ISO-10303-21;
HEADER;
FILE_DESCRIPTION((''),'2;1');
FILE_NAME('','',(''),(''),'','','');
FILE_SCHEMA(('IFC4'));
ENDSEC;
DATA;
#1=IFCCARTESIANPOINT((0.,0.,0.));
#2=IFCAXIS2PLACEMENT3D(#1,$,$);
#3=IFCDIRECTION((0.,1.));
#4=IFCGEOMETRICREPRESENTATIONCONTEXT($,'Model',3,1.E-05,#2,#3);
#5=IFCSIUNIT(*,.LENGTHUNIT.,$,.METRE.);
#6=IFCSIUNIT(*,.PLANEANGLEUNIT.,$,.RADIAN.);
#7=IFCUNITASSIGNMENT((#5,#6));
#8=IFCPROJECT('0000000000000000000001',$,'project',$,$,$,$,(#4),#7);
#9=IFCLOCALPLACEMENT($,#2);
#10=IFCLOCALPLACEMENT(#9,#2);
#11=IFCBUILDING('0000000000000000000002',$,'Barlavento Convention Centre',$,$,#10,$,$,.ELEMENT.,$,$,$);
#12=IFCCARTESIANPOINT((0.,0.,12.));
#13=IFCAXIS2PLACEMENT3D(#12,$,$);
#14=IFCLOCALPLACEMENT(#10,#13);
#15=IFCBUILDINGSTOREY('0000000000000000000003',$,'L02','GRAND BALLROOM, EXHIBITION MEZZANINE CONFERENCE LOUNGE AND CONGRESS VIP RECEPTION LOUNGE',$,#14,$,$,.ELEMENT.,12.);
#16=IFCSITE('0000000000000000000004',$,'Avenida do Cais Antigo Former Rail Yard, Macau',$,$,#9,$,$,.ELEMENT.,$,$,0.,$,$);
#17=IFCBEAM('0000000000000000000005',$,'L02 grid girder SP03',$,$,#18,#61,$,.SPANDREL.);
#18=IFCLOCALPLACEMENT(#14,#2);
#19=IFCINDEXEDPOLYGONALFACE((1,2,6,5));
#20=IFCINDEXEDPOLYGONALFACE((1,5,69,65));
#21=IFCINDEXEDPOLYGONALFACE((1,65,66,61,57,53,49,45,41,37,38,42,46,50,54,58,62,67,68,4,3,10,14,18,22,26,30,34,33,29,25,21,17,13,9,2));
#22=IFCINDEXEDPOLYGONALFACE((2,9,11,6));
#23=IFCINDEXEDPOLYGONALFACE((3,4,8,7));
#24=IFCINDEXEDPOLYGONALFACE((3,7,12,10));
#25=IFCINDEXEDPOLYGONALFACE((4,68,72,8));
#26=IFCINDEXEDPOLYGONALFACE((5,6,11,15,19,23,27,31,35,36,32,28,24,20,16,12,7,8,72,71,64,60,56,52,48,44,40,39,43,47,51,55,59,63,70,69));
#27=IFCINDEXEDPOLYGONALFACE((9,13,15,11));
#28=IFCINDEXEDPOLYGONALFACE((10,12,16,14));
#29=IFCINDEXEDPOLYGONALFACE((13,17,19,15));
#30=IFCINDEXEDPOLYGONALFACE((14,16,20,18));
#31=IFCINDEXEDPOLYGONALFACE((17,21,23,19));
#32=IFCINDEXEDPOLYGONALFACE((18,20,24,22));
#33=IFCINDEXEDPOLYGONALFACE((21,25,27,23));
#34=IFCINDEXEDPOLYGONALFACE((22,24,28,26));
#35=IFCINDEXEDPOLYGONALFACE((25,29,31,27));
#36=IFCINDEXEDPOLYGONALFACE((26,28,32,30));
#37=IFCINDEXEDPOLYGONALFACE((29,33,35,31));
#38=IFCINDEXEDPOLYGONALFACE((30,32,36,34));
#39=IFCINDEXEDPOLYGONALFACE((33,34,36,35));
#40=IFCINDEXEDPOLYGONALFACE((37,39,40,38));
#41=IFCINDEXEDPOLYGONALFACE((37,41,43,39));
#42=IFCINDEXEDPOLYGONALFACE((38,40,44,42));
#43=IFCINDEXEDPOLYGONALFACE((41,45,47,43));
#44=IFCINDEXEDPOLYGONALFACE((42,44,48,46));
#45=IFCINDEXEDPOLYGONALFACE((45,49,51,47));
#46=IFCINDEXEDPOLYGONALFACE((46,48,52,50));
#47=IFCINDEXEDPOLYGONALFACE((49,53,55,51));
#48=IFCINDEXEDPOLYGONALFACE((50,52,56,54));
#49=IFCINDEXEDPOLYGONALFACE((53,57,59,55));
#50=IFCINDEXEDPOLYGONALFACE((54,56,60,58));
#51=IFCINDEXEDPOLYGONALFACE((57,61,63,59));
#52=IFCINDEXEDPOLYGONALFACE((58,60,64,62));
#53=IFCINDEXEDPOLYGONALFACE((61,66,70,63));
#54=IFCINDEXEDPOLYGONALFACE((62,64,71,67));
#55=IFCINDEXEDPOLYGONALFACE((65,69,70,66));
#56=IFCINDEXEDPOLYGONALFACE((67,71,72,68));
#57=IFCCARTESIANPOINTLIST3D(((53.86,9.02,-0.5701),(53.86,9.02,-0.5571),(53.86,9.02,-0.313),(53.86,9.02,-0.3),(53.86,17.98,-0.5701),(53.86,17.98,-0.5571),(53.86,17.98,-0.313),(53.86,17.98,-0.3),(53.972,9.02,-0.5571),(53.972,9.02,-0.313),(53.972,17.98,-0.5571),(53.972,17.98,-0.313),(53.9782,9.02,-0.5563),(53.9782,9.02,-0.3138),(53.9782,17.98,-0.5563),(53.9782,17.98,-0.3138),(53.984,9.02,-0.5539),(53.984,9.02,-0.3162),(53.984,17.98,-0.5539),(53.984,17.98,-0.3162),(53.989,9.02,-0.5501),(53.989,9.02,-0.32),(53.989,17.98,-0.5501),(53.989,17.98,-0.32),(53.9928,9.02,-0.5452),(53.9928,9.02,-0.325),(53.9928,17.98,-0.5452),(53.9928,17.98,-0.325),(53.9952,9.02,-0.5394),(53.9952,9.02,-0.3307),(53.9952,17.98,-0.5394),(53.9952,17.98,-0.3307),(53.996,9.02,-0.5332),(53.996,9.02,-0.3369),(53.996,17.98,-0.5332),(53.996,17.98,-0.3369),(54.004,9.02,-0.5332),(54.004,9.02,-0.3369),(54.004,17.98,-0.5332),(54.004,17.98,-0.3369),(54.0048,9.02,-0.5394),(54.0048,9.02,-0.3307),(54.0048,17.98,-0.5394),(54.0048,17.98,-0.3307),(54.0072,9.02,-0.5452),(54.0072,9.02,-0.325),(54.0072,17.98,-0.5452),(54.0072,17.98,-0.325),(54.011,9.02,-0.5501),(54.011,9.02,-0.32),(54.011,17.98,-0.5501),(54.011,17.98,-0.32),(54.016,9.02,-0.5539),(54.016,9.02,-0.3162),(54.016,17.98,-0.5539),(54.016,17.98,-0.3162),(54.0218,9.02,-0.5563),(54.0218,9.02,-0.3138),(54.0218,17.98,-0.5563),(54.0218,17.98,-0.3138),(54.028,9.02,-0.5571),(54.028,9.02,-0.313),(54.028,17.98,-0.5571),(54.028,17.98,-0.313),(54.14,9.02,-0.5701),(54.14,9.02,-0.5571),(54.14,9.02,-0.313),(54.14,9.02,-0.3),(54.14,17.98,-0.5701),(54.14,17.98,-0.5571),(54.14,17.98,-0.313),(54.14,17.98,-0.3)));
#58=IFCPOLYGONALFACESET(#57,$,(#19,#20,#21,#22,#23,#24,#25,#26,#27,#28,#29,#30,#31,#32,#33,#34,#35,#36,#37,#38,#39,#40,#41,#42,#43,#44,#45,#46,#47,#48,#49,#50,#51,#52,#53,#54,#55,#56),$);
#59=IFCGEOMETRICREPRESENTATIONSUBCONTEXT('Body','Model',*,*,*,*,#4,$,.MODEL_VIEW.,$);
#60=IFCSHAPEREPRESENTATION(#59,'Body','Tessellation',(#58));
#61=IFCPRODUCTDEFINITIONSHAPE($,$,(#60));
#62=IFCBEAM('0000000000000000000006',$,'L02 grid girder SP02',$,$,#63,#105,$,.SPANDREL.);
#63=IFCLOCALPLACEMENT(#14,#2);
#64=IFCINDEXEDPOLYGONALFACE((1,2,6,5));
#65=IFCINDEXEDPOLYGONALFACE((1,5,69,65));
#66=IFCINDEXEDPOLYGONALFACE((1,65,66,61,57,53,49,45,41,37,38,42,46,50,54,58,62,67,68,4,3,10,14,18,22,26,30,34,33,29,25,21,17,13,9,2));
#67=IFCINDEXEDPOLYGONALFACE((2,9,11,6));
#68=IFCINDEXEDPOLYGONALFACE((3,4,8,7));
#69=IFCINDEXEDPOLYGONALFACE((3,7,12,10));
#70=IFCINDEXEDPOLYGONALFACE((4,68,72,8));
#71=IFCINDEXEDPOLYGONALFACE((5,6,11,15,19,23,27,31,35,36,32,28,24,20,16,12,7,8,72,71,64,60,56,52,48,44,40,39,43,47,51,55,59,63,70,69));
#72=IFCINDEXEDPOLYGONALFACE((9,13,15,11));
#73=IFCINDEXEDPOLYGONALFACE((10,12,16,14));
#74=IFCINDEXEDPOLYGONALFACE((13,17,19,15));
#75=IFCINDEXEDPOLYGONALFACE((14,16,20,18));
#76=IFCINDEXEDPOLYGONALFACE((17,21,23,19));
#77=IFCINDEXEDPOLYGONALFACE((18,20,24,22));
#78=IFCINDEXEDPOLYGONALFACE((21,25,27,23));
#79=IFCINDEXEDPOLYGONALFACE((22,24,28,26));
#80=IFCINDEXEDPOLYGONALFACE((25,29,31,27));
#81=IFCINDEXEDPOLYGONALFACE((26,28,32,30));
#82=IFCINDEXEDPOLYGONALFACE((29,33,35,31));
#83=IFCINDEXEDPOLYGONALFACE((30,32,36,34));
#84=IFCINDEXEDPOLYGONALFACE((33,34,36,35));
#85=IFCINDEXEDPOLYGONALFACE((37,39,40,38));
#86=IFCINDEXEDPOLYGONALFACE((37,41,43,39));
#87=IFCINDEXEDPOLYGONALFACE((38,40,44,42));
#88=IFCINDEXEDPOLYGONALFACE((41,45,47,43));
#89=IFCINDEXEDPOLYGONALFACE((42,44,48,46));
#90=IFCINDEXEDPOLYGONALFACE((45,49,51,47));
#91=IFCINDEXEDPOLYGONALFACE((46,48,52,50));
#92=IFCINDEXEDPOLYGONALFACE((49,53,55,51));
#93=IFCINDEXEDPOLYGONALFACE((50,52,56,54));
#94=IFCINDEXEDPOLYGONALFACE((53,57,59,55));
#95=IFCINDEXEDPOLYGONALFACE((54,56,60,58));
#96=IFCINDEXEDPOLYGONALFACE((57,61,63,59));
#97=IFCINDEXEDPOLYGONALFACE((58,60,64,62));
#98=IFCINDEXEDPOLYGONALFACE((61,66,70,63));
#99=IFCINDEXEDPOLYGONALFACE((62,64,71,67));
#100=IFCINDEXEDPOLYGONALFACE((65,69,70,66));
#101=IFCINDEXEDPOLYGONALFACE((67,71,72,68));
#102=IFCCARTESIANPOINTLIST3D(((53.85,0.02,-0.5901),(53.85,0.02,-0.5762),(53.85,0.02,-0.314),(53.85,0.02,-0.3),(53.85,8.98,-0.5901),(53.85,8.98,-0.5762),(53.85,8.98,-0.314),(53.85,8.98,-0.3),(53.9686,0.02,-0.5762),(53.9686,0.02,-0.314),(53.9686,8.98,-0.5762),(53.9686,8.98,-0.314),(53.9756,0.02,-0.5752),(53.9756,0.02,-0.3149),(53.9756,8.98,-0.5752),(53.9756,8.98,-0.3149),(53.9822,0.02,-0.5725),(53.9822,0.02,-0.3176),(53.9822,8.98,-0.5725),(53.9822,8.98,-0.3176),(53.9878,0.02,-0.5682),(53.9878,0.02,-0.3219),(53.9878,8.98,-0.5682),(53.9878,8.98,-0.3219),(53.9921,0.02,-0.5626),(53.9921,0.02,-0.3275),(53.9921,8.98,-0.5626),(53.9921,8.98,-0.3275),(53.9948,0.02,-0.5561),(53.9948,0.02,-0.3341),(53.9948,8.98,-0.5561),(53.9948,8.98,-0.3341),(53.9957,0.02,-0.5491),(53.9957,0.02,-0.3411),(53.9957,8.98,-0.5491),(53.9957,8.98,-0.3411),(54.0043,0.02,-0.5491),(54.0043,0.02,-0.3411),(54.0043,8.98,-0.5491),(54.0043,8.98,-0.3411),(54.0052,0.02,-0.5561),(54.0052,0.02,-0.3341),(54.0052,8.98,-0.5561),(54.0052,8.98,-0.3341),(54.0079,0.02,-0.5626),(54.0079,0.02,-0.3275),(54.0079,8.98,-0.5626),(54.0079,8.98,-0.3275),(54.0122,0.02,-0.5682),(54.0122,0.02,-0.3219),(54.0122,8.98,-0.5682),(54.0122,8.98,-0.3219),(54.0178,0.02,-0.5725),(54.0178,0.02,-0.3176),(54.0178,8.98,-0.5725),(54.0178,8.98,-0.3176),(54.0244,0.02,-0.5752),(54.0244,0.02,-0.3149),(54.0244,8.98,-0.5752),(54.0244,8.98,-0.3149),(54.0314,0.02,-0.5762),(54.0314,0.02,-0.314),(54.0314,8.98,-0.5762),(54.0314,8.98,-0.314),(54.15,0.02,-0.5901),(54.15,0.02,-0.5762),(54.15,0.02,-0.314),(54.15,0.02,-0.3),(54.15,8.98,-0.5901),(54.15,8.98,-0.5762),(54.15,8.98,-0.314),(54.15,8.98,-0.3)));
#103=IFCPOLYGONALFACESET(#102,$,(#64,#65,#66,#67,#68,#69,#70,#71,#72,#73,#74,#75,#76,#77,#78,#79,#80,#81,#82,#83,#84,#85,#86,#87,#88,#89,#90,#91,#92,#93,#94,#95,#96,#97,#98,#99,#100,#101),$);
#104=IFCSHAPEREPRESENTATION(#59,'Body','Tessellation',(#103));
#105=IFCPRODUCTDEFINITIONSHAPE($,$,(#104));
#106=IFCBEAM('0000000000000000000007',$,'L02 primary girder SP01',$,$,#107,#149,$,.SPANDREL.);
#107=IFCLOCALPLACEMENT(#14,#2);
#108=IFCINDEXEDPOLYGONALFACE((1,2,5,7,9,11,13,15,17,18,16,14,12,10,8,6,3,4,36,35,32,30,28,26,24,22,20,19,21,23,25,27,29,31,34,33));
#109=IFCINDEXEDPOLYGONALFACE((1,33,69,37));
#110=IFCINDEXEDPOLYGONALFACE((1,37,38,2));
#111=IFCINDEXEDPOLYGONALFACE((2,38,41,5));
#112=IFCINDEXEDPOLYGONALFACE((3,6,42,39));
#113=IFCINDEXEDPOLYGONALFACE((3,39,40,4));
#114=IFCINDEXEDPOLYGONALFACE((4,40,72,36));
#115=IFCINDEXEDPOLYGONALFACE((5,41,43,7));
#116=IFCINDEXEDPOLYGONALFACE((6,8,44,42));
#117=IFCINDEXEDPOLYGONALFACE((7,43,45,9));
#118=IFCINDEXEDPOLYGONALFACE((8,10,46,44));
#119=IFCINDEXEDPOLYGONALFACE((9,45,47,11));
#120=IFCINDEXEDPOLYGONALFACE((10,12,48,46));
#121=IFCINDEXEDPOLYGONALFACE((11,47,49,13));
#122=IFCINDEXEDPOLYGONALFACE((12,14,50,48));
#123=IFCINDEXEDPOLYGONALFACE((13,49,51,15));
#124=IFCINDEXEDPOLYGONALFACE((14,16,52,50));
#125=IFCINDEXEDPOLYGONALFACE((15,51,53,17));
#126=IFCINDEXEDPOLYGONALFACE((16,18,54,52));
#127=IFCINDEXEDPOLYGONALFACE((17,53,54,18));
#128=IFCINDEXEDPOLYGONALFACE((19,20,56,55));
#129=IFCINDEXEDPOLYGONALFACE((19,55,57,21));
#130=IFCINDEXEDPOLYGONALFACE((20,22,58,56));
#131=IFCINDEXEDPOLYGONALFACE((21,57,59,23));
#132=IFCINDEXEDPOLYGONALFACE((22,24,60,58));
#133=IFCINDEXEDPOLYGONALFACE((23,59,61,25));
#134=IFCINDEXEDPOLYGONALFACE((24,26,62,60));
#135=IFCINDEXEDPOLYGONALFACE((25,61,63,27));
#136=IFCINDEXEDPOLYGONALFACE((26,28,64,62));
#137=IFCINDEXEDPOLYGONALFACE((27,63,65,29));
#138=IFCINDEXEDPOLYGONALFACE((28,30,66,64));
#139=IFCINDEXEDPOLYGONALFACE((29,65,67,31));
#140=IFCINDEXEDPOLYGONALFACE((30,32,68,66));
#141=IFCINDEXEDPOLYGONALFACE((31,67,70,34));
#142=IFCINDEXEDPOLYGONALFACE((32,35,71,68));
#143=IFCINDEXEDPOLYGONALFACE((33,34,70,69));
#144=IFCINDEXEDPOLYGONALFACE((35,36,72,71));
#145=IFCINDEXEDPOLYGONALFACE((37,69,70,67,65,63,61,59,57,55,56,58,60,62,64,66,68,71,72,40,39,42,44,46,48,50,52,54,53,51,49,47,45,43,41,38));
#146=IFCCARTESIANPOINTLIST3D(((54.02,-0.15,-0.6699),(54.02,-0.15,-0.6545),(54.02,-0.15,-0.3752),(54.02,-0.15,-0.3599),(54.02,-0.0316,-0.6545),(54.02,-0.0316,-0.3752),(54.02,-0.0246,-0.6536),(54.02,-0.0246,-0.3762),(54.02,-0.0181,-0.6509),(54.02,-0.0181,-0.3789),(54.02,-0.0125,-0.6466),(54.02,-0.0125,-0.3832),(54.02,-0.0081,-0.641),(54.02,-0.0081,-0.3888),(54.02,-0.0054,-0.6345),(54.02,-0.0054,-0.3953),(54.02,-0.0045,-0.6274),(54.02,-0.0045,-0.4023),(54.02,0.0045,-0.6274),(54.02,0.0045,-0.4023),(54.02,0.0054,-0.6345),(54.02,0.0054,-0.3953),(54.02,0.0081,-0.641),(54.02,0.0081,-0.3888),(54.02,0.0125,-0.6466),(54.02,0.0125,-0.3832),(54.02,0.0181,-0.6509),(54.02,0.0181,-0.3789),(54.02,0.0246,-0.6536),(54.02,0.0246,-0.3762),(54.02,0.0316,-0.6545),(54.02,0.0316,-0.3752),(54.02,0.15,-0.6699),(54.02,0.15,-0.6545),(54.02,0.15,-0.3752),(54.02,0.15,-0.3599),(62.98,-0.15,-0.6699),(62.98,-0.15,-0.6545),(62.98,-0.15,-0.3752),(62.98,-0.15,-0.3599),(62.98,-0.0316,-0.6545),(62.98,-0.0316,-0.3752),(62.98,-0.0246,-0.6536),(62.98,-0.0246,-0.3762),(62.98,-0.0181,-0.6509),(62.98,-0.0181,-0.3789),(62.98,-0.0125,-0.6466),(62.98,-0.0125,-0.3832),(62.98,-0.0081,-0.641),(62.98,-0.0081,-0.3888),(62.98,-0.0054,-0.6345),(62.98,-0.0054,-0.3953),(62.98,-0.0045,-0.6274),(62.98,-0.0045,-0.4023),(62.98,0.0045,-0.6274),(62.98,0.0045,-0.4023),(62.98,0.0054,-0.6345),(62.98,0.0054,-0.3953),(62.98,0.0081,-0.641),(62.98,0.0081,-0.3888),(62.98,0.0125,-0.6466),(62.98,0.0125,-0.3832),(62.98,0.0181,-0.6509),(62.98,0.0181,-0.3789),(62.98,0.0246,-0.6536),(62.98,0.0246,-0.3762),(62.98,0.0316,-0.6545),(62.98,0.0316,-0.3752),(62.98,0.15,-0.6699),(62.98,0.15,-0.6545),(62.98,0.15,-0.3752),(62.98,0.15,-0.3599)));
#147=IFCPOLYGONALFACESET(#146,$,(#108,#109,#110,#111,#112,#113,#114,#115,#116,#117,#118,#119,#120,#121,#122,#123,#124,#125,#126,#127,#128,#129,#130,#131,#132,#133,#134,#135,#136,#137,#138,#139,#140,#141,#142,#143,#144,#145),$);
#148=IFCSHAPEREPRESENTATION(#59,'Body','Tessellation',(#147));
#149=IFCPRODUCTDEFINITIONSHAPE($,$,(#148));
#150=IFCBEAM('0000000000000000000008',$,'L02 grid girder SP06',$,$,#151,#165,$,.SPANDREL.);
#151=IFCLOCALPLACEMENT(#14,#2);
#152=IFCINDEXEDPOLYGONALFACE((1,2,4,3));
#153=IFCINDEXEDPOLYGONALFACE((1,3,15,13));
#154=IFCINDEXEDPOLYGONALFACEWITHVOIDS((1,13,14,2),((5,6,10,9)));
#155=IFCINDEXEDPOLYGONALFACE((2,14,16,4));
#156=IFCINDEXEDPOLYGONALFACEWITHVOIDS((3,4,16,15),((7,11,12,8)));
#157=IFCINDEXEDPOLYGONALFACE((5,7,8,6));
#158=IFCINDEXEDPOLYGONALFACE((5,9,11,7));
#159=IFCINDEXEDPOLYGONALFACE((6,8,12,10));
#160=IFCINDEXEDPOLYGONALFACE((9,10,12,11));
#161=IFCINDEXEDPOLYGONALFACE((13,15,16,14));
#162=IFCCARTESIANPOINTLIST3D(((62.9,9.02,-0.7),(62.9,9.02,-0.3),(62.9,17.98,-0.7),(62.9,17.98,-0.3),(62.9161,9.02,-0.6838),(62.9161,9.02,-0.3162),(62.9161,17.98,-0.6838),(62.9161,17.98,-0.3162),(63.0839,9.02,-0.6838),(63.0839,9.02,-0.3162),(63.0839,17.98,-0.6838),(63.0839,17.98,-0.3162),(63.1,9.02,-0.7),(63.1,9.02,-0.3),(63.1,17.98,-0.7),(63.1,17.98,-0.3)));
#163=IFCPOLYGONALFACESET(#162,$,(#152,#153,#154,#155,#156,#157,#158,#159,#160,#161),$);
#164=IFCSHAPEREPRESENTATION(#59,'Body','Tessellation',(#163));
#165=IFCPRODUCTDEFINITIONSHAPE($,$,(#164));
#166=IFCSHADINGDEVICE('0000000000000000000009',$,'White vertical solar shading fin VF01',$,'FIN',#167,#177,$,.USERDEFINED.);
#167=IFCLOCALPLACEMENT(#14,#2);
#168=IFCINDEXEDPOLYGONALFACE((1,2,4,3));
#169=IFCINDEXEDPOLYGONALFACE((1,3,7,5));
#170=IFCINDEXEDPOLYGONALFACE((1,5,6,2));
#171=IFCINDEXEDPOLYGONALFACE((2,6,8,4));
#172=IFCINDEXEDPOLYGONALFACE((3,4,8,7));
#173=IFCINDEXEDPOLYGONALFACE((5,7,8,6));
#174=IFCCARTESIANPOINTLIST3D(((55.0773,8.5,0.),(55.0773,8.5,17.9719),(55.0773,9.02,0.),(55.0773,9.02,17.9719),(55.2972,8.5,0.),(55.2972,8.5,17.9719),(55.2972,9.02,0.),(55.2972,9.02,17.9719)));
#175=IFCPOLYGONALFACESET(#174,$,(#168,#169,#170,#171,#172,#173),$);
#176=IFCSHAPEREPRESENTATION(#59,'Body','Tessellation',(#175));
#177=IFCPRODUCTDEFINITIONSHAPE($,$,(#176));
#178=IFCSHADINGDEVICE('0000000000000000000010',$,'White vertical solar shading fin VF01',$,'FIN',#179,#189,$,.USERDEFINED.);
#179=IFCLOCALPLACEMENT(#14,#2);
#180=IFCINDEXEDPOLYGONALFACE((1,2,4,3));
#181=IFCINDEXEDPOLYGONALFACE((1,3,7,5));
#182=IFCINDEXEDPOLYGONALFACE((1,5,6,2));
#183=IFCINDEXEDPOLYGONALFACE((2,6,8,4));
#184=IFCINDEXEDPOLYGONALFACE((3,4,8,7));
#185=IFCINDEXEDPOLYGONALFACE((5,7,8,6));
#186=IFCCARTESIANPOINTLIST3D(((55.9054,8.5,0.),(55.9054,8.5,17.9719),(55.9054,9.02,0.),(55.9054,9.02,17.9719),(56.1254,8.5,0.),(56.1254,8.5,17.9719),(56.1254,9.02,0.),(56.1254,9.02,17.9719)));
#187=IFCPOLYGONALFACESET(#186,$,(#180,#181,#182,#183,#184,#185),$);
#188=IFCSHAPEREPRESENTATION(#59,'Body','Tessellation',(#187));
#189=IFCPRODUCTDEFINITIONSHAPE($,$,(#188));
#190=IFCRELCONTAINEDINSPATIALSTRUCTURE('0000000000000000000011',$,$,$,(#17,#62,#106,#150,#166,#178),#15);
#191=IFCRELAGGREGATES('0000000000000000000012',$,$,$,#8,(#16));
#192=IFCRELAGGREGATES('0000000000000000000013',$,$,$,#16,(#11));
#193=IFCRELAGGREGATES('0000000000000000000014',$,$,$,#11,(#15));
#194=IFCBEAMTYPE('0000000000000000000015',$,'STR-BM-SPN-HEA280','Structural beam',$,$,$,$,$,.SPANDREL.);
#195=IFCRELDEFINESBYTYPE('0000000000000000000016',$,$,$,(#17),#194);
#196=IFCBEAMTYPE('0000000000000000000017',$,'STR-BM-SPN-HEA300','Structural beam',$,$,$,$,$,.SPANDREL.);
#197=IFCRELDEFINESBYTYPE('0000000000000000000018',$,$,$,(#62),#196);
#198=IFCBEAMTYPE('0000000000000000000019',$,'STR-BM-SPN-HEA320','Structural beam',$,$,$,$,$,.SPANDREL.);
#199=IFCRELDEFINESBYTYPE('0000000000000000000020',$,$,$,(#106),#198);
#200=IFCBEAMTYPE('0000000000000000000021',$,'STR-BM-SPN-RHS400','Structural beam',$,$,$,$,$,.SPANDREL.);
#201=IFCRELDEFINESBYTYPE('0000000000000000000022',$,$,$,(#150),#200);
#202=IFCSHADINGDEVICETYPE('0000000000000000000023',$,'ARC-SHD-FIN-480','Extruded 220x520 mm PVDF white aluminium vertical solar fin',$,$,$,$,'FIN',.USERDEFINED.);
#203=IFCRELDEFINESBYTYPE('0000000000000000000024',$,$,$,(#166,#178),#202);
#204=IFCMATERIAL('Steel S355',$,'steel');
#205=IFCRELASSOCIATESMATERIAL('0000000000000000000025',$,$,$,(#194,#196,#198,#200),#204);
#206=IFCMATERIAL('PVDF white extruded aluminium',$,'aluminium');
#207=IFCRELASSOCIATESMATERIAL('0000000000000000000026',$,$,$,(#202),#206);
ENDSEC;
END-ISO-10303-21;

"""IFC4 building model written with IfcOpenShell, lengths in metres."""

from ifc_helpers import new_model, si_unit, direction, frame, origin, origin_2d, place, context, subcontext, project, spatial, rectangle, hollow_rectangle, i_section, extrude, material, material_profile, profile_set, type_object, element, save


model = new_model("IFC4")

# Units and contexts
model_context = context("Model", 3, precision=1e-05, world=origin(), true_north=direction((0.0, 1.0)))
body_context = subcontext(model_context, "Body", "Model", "MODEL_VIEW")
ifc_project = project(units=[si_unit("LENGTHUNIT", "METRE"), si_unit("PLANEANGLEUNIT", "RADIAN")], contexts=[model_context])

# Site, building, storey
site_placement = place(None, origin())
site = spatial("IfcSite", under=ifc_project, at=site_placement, Name="Avenida do Cais Antigo Former Rail Yard, Macau", CompositionType="ELEMENT", RefElevation=0.0)
building_placement = place(site_placement, origin())
building = spatial("IfcBuilding", under=site, at=building_placement, Name="Barlavento Convention Centre", CompositionType="ELEMENT")
storey_placement = place(building_placement, frame((0.0, 0.0, 12.0)))
storey = spatial("IfcBuildingStorey", under=building, at=storey_placement, Name="L02", Description="GRAND BALLROOM, EXHIBITION MEZZANINE CONFERENCE LOUNGE AND CONGRESS VIP RECEPTION LOUNGE", CompositionType="ELEMENT", Elevation=12.0)

# Beams
ifc_material_1 = material(Name="Steel S355", Category="steel")
ifc_material_profile_1 = material_profile(ifc_material_1, i_section(OverallWidth=0.28, OverallDepth=0.27, WebThickness=0.0081, FlangeThickness=0.0129, FilletRadius=0.0239, at=origin_2d()), Name="HEA 280")
ifc_profile_set_1 = profile_set([ifc_material_profile_1], Name="Steel S355")
beam_type_1 = type_object("IfcBeamType", Name="STR-BM-SPN-HEA280", Description="Structural beam", PredefinedType="SPANDREL", material=ifc_profile_set_1)
for number, where, z_axis, x_axis, name in (
    (1, (54.0, 9.02, -0.4351), (0.0, 1.0, 0.0), (-1.0, 0.0, 0.0), "L02 grid girder SP03"),
):
    element("IfcBeam", number, at=place(storey_placement, frame(where, z_axis=z_axis, x_axis=x_axis)), inside=storey, type_object=beam_type_1, Name=name, PredefinedType="SPANDREL", context=body_context, shape_type="SweptSolid", body=[
        extrude(i_section(OverallWidth=0.28, OverallDepth=0.27, WebThickness=0.0081, FlangeThickness=0.0129, FilletRadius=0.0239, at=origin_2d()), origin(), (0.0, 0.0, 1.0), 8.96),
    ])
ifc_material_profile_2 = material_profile(ifc_material_1, i_section(OverallWidth=0.3, OverallDepth=0.29, WebThickness=0.0085, FlangeThickness=0.0139, FilletRadius=0.0271, at=origin_2d()), Name="HEA 300")
ifc_profile_set_2 = profile_set([ifc_material_profile_2], Name="Steel S355")
beam_type_2 = type_object("IfcBeamType", Name="STR-BM-SPN-HEA300", Description="Structural beam", PredefinedType="SPANDREL", material=ifc_profile_set_2)
beam_1_placement = place(storey_placement, frame((54.0, 0.02, -0.4451), z_axis=(0.0, 1.0, 0.0), x_axis=(-1.0, 0.0, 0.0)))
element("IfcBeam", 2, at=beam_1_placement, inside=storey, type_object=beam_type_2, Name="L02 grid girder SP02", PredefinedType="SPANDREL", context=body_context, shape_type="SweptSolid", body=[
    extrude(i_section(OverallWidth=0.3, OverallDepth=0.29, WebThickness=0.0085, FlangeThickness=0.0139, FilletRadius=0.0271, at=origin_2d()), origin(), (0.0, 0.0, 1.0), 8.96),
])
ifc_material_profile_3 = material_profile(ifc_material_1, i_section(OverallWidth=0.3, OverallDepth=0.3101, WebThickness=0.009, FlangeThickness=0.0154, FilletRadius=0.0271, at=origin_2d()), Name="HEA 320")
ifc_profile_set_3 = profile_set([ifc_material_profile_3], Name="Steel S355")
beam_type_3 = type_object("IfcBeamType", Name="STR-BM-SPN-HEA320", Description="Structural beam", PredefinedType="SPANDREL", material=ifc_profile_set_3)
beam_2_placement = place(storey_placement, frame((54.02, 0.0, -0.5149), z_axis=(1.0, 0.0, 0.0), x_axis=(0.0, 1.0, 0.0)))
element("IfcBeam", 3, at=beam_2_placement, inside=storey, type_object=beam_type_3, Name="L02 primary girder SP01", PredefinedType="SPANDREL", context=body_context, shape_type="SweptSolid", body=[
    extrude(i_section(OverallWidth=0.3, OverallDepth=0.3101, WebThickness=0.009, FlangeThickness=0.0154, FilletRadius=0.0271, at=origin_2d()), origin(), (0.0, 0.0, 1.0), 8.96),
])
ifc_material_profile_4 = material_profile(ifc_material_1, hollow_rectangle(XDim=0.2, YDim=0.3999, WallThickness=0.0161, at=origin_2d()), Name="RHS 400x200x16.0")
ifc_profile_set_4 = profile_set([ifc_material_profile_4], Name="Steel S355")
beam_type_4 = type_object("IfcBeamType", Name="STR-BM-SPN-RHS400", Description="Structural beam", PredefinedType="SPANDREL", material=ifc_profile_set_4)
beam_3_placement = place(storey_placement, frame((63.0, 9.02, -0.5), z_axis=(0.0, 1.0, 0.0), x_axis=(-1.0, 0.0, 0.0)))
element("IfcBeam", 4, at=beam_3_placement, inside=storey, type_object=beam_type_4, Name="L02 grid girder SP06", PredefinedType="SPANDREL", context=body_context, shape_type="SweptSolid", body=[
    extrude(hollow_rectangle(XDim=0.2, YDim=0.3999, WallThickness=0.0161, at=origin_2d()), origin(), (0.0, 0.0, 1.0), 8.96),
])

# Shading devices
ifc_material_2 = material(Name="PVDF white extruded aluminium", Category="aluminium")
shading_device_type = type_object("IfcShadingDeviceType", Name="ARC-SHD-FIN-480", Description="Extruded 220x520 mm PVDF white aluminium vertical solar fin", ElementType="FIN", PredefinedType="USERDEFINED", material=ifc_material_2)
for number, where, z_axis, x_axis, name in (
    (5, (55.1873, 8.76, 0.0), (0.0, 0.0, 1.0), (1.0, 0.0, 0.0), "White vertical solar shading fin VF01"),
    (6, (56.0154, 8.76, 0.0), (0.0, 0.0, 1.0), (1.0, 0.0, 0.0), "White vertical solar shading fin VF01"),
):
    element("IfcShadingDevice", number, at=place(storey_placement, frame(where, z_axis=z_axis, x_axis=x_axis)), inside=storey, type_object=shading_device_type, Name=name, ObjectType="FIN", PredefinedType="USERDEFINED", context=body_context, shape_type="SweptSolid", body=[
        extrude(rectangle(XDim=0.22, YDim=0.52, at=origin_2d()), origin(), (0.0, 0.0, 1.0), 17.9719),
    ])

save(model, "model.ifc")
